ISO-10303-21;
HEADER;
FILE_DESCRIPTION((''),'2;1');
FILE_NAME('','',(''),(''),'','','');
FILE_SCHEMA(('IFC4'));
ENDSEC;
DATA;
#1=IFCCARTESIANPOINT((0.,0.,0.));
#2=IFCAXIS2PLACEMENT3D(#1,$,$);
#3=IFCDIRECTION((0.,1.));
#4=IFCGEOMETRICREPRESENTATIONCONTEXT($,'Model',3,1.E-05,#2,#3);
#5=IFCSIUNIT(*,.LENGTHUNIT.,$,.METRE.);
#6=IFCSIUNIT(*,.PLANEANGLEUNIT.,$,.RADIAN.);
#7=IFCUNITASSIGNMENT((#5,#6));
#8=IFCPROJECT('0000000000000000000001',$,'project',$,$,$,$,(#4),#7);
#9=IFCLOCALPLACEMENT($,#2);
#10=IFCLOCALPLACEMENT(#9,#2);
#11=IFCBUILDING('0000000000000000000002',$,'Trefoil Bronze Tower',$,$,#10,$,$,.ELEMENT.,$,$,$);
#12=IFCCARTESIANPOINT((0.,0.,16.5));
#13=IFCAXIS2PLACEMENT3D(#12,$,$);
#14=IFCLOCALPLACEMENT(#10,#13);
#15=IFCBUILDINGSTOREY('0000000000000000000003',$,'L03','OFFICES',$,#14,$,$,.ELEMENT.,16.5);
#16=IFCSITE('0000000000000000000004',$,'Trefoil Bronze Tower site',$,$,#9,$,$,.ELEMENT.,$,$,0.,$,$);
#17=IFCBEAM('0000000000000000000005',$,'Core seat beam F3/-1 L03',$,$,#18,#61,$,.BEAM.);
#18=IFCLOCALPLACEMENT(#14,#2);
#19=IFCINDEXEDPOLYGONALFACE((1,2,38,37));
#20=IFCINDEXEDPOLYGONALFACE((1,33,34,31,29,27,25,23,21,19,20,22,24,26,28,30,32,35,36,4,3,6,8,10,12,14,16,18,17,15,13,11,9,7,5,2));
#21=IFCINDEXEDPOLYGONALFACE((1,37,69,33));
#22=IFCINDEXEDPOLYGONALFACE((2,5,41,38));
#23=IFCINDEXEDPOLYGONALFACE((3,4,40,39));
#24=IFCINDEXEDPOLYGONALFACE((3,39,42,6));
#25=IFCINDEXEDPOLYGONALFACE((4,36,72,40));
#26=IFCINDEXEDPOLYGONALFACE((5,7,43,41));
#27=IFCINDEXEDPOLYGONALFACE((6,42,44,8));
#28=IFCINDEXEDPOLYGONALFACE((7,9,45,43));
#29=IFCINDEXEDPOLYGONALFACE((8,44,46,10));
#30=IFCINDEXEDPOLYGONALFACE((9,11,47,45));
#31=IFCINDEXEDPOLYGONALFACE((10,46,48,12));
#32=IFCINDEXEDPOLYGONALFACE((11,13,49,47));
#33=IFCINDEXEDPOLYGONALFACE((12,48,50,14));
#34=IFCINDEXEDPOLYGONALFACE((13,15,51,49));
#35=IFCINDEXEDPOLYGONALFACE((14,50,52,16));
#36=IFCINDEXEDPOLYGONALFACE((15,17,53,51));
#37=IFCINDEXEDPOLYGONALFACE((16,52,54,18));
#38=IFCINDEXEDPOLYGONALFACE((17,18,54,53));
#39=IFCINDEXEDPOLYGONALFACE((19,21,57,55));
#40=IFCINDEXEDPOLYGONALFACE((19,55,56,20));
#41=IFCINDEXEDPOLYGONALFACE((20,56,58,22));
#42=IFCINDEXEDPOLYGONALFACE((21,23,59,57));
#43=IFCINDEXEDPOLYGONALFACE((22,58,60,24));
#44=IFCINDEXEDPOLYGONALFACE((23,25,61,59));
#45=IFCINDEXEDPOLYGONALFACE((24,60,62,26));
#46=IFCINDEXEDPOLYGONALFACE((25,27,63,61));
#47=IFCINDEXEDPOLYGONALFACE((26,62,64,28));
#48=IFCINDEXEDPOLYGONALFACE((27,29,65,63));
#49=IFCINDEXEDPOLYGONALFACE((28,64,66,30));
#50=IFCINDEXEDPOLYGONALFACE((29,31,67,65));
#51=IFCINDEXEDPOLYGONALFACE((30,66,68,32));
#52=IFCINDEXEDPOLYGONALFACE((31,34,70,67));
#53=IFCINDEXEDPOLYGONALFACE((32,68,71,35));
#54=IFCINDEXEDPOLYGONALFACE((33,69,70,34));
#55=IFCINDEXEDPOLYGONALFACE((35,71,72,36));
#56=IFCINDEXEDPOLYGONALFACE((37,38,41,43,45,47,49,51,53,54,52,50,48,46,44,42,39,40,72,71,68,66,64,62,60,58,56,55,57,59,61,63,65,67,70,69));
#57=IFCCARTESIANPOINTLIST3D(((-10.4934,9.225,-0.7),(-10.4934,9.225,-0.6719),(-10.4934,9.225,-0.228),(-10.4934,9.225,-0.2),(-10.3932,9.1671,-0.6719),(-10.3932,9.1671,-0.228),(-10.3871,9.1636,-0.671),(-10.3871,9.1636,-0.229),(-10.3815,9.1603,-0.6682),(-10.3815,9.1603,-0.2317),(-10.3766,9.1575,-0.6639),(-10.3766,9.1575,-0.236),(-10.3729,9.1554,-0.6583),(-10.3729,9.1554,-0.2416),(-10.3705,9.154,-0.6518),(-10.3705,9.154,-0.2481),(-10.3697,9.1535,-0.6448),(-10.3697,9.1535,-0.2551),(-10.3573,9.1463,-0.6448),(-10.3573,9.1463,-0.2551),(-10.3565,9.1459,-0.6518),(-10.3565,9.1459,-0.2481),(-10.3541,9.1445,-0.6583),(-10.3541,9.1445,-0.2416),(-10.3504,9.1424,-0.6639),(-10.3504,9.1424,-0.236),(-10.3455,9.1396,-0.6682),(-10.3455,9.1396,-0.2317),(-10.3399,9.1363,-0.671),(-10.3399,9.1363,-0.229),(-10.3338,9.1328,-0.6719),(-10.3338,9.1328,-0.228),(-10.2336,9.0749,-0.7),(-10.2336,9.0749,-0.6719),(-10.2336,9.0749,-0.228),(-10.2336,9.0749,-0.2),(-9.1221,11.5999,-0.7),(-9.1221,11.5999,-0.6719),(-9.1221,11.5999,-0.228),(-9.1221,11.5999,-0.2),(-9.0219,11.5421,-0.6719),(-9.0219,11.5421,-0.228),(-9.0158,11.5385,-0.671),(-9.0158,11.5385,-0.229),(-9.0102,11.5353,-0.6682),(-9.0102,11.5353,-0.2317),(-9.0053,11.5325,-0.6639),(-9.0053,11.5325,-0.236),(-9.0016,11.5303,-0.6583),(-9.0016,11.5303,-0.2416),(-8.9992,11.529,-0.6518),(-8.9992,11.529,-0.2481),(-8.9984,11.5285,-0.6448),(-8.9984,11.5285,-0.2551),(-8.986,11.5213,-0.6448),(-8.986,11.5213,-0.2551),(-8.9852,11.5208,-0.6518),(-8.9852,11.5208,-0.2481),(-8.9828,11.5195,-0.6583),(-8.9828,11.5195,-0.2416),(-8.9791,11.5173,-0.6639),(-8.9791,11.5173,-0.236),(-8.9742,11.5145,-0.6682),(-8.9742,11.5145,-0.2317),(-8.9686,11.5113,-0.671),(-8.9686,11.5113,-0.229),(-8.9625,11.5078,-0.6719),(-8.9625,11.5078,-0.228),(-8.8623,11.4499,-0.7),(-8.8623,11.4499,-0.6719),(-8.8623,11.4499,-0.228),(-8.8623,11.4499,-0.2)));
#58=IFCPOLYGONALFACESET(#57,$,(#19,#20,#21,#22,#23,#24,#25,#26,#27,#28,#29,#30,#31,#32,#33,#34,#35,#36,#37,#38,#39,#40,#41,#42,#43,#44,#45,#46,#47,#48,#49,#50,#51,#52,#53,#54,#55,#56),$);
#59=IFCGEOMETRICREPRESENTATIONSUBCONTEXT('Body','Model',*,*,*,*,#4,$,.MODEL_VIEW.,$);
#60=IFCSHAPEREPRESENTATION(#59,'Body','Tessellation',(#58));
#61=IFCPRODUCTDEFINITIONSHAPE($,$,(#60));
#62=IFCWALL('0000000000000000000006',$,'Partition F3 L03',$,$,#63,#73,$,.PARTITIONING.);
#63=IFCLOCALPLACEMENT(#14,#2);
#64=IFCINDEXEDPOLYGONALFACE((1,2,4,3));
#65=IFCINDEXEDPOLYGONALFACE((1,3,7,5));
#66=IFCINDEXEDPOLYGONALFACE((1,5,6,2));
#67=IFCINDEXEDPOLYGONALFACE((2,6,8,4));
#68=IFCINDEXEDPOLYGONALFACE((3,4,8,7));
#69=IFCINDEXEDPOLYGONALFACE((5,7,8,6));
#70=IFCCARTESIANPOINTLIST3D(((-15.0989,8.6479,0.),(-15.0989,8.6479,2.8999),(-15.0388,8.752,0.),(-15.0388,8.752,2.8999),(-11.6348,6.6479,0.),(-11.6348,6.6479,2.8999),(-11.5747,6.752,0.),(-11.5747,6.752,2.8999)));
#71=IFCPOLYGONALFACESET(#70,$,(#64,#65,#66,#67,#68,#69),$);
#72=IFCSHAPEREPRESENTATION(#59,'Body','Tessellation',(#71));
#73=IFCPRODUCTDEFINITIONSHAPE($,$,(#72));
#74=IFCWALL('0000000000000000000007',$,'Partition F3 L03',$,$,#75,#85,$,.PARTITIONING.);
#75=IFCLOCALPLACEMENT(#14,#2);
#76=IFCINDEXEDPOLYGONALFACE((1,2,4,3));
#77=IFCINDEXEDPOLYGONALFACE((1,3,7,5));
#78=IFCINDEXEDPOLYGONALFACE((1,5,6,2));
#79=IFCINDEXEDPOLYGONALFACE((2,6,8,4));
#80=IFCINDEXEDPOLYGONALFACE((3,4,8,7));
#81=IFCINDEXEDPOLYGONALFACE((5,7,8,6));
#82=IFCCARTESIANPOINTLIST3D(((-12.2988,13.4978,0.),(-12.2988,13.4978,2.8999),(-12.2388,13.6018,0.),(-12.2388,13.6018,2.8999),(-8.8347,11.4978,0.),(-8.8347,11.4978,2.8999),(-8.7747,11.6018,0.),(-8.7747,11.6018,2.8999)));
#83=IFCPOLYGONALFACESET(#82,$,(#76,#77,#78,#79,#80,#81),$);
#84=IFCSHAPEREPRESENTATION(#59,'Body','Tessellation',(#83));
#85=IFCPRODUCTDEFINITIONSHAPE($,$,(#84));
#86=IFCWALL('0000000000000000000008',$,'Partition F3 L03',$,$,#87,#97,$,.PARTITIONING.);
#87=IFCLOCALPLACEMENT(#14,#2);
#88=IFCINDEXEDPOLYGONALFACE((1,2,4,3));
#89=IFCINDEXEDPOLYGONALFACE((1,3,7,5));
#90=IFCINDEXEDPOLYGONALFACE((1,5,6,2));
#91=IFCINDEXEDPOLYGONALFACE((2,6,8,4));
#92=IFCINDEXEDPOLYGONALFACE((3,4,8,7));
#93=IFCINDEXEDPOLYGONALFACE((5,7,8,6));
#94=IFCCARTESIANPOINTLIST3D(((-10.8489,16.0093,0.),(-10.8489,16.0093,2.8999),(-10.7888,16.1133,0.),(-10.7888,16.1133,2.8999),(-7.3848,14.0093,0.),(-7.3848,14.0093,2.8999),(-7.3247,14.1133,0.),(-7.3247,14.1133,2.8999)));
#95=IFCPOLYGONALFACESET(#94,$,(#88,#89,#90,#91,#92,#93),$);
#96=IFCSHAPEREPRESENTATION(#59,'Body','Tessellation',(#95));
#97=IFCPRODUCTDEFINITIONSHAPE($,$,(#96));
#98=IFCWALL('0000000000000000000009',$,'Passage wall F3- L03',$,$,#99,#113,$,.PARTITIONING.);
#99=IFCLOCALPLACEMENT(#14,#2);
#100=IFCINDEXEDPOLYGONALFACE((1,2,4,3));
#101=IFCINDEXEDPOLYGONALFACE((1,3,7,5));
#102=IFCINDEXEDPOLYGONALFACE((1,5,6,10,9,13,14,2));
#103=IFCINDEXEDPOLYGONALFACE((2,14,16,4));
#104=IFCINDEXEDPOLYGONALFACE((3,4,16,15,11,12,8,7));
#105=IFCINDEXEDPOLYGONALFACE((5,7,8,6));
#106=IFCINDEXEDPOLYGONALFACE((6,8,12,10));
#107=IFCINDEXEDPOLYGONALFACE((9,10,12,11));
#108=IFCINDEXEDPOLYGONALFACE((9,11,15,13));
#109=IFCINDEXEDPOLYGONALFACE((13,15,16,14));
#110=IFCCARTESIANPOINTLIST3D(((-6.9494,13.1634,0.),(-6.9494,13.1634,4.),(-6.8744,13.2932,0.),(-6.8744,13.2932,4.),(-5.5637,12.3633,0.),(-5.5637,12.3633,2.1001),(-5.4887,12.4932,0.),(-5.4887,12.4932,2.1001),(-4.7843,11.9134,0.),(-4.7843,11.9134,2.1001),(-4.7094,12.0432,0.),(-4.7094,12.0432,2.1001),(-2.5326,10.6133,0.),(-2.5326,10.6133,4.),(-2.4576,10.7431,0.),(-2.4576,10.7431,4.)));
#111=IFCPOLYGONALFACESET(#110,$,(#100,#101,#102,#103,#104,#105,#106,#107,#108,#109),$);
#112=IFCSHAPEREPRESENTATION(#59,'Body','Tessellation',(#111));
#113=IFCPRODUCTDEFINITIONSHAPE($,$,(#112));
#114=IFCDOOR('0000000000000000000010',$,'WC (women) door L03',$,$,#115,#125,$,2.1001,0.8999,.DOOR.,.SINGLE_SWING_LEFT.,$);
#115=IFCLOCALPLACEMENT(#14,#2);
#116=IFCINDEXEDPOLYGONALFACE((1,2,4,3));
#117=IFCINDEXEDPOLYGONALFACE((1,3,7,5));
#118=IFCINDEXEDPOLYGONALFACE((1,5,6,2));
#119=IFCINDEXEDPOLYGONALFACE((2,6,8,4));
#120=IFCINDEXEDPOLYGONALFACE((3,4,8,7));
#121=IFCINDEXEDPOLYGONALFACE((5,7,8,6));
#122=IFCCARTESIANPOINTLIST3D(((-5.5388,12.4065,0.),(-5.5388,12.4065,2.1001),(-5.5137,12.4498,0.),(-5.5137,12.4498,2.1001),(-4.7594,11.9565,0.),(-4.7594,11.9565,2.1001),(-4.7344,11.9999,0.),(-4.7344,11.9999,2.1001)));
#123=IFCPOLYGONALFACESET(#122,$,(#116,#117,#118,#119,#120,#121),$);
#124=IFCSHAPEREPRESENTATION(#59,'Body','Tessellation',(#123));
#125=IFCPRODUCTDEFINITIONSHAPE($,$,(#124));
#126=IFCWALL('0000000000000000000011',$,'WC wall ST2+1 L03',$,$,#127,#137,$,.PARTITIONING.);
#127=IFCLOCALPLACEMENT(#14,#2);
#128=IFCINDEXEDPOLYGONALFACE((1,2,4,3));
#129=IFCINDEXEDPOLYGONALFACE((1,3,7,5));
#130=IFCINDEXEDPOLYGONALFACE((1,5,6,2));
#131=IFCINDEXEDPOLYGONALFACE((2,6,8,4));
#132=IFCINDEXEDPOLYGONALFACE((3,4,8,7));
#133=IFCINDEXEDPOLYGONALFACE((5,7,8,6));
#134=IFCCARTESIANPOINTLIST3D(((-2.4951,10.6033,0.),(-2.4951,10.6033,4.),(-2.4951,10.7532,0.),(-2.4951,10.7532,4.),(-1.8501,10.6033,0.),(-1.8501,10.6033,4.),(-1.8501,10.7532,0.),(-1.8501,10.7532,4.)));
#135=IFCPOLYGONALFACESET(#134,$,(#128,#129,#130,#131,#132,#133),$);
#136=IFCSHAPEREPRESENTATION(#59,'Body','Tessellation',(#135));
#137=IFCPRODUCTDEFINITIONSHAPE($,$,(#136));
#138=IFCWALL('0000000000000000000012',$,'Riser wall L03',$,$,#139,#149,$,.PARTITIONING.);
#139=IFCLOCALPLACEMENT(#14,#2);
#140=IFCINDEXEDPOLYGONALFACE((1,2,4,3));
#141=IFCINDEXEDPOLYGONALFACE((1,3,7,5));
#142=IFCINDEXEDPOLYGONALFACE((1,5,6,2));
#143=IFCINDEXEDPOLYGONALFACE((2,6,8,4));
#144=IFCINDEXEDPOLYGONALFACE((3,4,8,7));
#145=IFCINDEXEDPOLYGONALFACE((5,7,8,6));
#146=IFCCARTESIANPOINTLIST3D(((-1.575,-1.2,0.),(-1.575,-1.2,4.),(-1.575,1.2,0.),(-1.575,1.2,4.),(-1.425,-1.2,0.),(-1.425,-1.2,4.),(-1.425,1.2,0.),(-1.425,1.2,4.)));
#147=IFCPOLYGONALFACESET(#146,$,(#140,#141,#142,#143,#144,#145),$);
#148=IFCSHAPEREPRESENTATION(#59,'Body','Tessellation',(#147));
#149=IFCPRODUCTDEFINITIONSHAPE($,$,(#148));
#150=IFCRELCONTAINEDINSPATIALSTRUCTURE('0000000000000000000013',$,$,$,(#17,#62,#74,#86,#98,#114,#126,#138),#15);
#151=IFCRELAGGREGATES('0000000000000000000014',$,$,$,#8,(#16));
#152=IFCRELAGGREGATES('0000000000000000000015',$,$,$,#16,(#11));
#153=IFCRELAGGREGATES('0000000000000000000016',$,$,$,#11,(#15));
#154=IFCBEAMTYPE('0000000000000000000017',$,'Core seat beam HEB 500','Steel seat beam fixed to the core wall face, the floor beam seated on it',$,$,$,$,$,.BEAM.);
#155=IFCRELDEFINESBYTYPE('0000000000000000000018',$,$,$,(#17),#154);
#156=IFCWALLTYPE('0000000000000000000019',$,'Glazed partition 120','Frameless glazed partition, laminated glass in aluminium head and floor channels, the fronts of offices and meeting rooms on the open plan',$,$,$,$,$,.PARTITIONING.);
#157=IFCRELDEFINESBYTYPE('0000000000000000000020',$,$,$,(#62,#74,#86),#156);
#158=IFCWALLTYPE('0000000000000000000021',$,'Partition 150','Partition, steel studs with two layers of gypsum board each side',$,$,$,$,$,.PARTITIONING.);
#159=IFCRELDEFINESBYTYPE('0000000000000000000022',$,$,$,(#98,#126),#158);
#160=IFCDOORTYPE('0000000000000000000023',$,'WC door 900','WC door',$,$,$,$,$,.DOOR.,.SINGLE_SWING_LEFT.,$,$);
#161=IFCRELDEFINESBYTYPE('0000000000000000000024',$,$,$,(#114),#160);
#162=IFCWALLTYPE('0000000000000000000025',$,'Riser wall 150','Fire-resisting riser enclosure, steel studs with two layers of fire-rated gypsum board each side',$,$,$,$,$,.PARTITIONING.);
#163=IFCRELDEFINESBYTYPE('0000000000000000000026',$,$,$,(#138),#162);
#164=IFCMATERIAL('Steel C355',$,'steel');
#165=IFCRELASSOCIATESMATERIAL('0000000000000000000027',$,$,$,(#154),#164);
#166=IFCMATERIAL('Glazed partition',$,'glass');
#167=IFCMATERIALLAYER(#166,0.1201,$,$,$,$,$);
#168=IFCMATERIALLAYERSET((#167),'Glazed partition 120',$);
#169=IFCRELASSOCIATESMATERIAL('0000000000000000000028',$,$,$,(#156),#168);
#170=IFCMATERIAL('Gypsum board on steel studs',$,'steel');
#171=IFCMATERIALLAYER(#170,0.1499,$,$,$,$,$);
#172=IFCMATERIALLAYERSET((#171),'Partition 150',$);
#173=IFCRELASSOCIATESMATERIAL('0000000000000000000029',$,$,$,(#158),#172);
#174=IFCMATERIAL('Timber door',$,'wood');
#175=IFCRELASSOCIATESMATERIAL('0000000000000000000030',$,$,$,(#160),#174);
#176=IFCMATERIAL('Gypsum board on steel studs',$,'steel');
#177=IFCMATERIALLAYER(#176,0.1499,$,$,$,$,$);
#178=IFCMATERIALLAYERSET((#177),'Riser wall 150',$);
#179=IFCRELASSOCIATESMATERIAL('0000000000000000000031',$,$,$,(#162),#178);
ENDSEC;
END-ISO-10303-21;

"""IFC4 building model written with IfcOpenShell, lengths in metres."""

from ifc_helpers import new_model, si_unit, direction, frame, frame_2d, origin, origin_2d, place, context, subcontext, project, spatial, rectangle, i_section, extrude, material, layer, layer_set, material_profile, profile_set, type_object, element, fill, save


model = new_model("IFC4")

# Units and contexts
model_context = context("Model", 3, precision=1e-05, world=origin(), true_north=direction((0.0, 1.0)))
body_context = subcontext(model_context, "Body", "Model", "MODEL_VIEW")
ifc_project = project(units=[si_unit("LENGTHUNIT", "METRE"), si_unit("PLANEANGLEUNIT", "RADIAN")], contexts=[model_context])

# Site, building, storey
site_placement = place(None, origin())
site = spatial("IfcSite", under=ifc_project, at=site_placement, Name="Trefoil Bronze Tower site", CompositionType="ELEMENT", RefElevation=0.0)
building_placement = place(site_placement, origin())
building = spatial("IfcBuilding", under=site, at=building_placement, Name="Trefoil Bronze Tower", CompositionType="ELEMENT")
storey_placement = place(building_placement, frame((0.0, 0.0, 16.5)))
storey = spatial("IfcBuildingStorey", under=building, at=storey_placement, Name="L03", Description="OFFICES", CompositionType="ELEMENT", Elevation=16.5)

# Beam
ifc_material_1 = material(Name="Steel C355", Category="steel")
ifc_material_profile = material_profile(ifc_material_1, i_section(OverallWidth=0.3, OverallDepth=0.5, WebThickness=0.0144, FlangeThickness=0.0281, FilletRadius=0.0271, at=origin_2d()), Name="HEB 500")
ifc_profile_set = profile_set([ifc_material_profile], Name="Steel C355")
beam_type = type_object("IfcBeamType", Name="Core seat beam HEB 500", Description="Steel seat beam fixed to the core wall face, the floor beam seated on it", PredefinedType="BEAM", material=ifc_profile_set)
beam_placement = place(storey_placement, frame((-8.9922, 11.5249, -0.45), z_axis=(-0.500036, -0.866005, 0.0), x_axis=(0.866005, -0.500036, 0.0)))
element("IfcBeam", 1, at=beam_placement, inside=storey, type_object=beam_type, Name="Core seat beam F3/-1 L03", PredefinedType="BEAM", context=body_context, shape_type="SweptSolid", body=[
    extrude(i_section(OverallWidth=0.3, OverallDepth=0.5, WebThickness=0.0144, FlangeThickness=0.0281, FilletRadius=0.0271, at=origin_2d()), origin(), (0.0, 0.0, 1.0), 2.7424),
])

# Walls
ifc_material_2 = material(Name="Glazed partition", Category="glass")
ifc_layer_1 = layer(ifc_material_2, 0.1201)
ifc_layer_set_1 = layer_set([ifc_layer_1], Name="Glazed partition 120")
wall_type_1 = type_object("IfcWallType", Name="Glazed partition 120", Description="Frameless glazed partition, laminated glass in aluminium head and floor channels, the fronts of offices and meeting rooms on the open plan", PredefinedType="PARTITIONING", material=ifc_layer_set_1)
for number, where, z_axis, x_axis, name in (
    (2, (-11.6047, 6.7, 0.0), (0.0, 0.0, 1.0), (-0.866026, 0.499999, 0.0), "Partition F3 L03"),
    (3, (-8.8047, 11.5498, 0.0), (0.0, 0.0, 1.0), (-0.866026, 0.499999, 0.0), "Partition F3 L03"),
    (4, (-7.3547, 14.0613, 0.0), (0.0, 0.0, 1.0), (-0.866026, 0.499999, 0.0), "Partition F3 L03"),
):
    element("IfcWall", number, at=place(storey_placement, frame(where, z_axis=z_axis, x_axis=x_axis)), inside=storey, type_object=wall_type_1, Name=name, PredefinedType="PARTITIONING", context=body_context, shape_type="SweptSolid", body=[
        extrude(rectangle(XDim=4.0, YDim=0.1201, at=frame_2d((2.0, 0.0))), origin(), (0.0, 0.0, 1.0), 2.8999),
    ])

# Wall, opening, door
ifc_material_3 = material(Name="Gypsum board on steel studs", Category="steel")
ifc_layer_2 = layer(ifc_material_3, 0.1499)
ifc_layer_set_2 = layer_set([ifc_layer_2], Name="Partition 150")
wall_type_2 = type_object("IfcWallType", Name="Partition 150", Description="Partition, steel studs with two layers of gypsum board each side", PredefinedType="PARTITIONING", material=ifc_layer_set_2)
wall_1_placement = place(storey_placement, frame((-2.4951, 10.6782, 0.0), z_axis=(0.0, 0.0, 1.0), x_axis=(-0.866022, 0.500006, 0.0)))
wall_1 = element("IfcWall", 5, at=wall_1_placement, inside=storey, type_object=wall_type_2, Name="Passage wall F3- L03", PredefinedType="PARTITIONING", context=body_context, shape_type="SweptSolid", body=[
    extrude(rectangle(XDim=5.1001, YDim=0.1499, at=frame_2d((2.55, 0.0))), origin(), (0.0, 0.0, 1.0), 4.0),
])
opening_1_placement = place(wall_1_placement, frame((2.6001, 0.0, 0.0)))
opening_1 = element("IfcOpeningElement", 6, at=opening_1_placement, cuts=wall_1, PredefinedType="OPENING", context=body_context, shape_type="SweptSolid", body=[
    extrude(rectangle(XDim=0.8999, YDim=2.1001, at=frame_2d((0.45, 1.05))), frame((0.0, 0.085, 0.0), z_axis=(0.0, -1.0, 0.0), x_axis=(1.0, 0.0, 0.0)), (0.0, 0.0, 1.0), 0.1699),
])
ifc_material_4 = material(Name="Timber door", Category="wood")
door_type_1 = type_object("IfcDoorType", Name="WC door 900", Description="WC door", OperationType="SINGLE_SWING_LEFT", PredefinedType="DOOR", material=ifc_material_4)
door_1_placement = place(opening_1_placement, frame((0.8999, 0.0, 0.0), z_axis=(0.0, 0.0, 1.0), x_axis=(-1.0, 0.0, 0.0)))
door_1 = element("IfcDoor", 7, at=door_1_placement, inside=storey, type_object=door_type_1, Name="WC (women) door L03", OperationType="SINGLE_SWING_LEFT", OverallHeight=2.1001, OverallWidth=0.8999, PredefinedType="DOOR", context=body_context, shape_type="SweptSolid", body=[
    extrude(rectangle(XDim=0.8999, YDim=2.1001, at=frame_2d((0.45, 1.05))), frame((0.0, 0.0249, 0.0), z_axis=(0.0, -1.0, 0.0), x_axis=(1.0, 0.0, 0.0)), (0.0, 0.0, 1.0), 0.05),
])
fill(opening_1, door_1)

# Walls
wall_2_placement = place(storey_placement, frame((-2.4951, 10.6782, 0.0), z_axis=(0.0, 0.0, 1.0), x_axis=(1.0, 0.0, 0.0)))
element("IfcWall", 8, at=wall_2_placement, inside=storey, type_object=wall_type_2, Name="WC wall ST2+1 L03", PredefinedType="PARTITIONING", context=body_context, shape_type="SweptSolid", body=[
    extrude(rectangle(XDim=0.645, YDim=0.1499, at=frame_2d((0.3225, 0.0))), origin(), (0.0, 0.0, 1.0), 4.0),
])
ifc_material_5 = material(Name="Gypsum board on steel studs", Category="steel")
ifc_layer_3 = layer(ifc_material_5, 0.1499)
ifc_layer_set_3 = layer_set([ifc_layer_3], Name="Riser wall 150")
wall_type_3 = type_object("IfcWallType", Name="Riser wall 150", Description="Fire-resisting riser enclosure, steel studs with two layers of fire-rated gypsum board each side", PredefinedType="PARTITIONING", material=ifc_layer_set_3)
wall_3_placement = place(storey_placement, frame((-1.5, 1.2, 0.0), z_axis=(0.0, 0.0, 1.0), x_axis=(0.0, -1.0, 0.0)))
element("IfcWall", 9, at=wall_3_placement, inside=storey, type_object=wall_type_3, Name="Riser wall L03", PredefinedType="PARTITIONING", context=body_context, shape_type="SweptSolid", body=[
    extrude(rectangle(XDim=2.3999, YDim=0.1499, at=frame_2d((1.2, 0.0))), origin(), (0.0, 0.0, 1.0), 4.0),
])

save(model, "model.ifc")
